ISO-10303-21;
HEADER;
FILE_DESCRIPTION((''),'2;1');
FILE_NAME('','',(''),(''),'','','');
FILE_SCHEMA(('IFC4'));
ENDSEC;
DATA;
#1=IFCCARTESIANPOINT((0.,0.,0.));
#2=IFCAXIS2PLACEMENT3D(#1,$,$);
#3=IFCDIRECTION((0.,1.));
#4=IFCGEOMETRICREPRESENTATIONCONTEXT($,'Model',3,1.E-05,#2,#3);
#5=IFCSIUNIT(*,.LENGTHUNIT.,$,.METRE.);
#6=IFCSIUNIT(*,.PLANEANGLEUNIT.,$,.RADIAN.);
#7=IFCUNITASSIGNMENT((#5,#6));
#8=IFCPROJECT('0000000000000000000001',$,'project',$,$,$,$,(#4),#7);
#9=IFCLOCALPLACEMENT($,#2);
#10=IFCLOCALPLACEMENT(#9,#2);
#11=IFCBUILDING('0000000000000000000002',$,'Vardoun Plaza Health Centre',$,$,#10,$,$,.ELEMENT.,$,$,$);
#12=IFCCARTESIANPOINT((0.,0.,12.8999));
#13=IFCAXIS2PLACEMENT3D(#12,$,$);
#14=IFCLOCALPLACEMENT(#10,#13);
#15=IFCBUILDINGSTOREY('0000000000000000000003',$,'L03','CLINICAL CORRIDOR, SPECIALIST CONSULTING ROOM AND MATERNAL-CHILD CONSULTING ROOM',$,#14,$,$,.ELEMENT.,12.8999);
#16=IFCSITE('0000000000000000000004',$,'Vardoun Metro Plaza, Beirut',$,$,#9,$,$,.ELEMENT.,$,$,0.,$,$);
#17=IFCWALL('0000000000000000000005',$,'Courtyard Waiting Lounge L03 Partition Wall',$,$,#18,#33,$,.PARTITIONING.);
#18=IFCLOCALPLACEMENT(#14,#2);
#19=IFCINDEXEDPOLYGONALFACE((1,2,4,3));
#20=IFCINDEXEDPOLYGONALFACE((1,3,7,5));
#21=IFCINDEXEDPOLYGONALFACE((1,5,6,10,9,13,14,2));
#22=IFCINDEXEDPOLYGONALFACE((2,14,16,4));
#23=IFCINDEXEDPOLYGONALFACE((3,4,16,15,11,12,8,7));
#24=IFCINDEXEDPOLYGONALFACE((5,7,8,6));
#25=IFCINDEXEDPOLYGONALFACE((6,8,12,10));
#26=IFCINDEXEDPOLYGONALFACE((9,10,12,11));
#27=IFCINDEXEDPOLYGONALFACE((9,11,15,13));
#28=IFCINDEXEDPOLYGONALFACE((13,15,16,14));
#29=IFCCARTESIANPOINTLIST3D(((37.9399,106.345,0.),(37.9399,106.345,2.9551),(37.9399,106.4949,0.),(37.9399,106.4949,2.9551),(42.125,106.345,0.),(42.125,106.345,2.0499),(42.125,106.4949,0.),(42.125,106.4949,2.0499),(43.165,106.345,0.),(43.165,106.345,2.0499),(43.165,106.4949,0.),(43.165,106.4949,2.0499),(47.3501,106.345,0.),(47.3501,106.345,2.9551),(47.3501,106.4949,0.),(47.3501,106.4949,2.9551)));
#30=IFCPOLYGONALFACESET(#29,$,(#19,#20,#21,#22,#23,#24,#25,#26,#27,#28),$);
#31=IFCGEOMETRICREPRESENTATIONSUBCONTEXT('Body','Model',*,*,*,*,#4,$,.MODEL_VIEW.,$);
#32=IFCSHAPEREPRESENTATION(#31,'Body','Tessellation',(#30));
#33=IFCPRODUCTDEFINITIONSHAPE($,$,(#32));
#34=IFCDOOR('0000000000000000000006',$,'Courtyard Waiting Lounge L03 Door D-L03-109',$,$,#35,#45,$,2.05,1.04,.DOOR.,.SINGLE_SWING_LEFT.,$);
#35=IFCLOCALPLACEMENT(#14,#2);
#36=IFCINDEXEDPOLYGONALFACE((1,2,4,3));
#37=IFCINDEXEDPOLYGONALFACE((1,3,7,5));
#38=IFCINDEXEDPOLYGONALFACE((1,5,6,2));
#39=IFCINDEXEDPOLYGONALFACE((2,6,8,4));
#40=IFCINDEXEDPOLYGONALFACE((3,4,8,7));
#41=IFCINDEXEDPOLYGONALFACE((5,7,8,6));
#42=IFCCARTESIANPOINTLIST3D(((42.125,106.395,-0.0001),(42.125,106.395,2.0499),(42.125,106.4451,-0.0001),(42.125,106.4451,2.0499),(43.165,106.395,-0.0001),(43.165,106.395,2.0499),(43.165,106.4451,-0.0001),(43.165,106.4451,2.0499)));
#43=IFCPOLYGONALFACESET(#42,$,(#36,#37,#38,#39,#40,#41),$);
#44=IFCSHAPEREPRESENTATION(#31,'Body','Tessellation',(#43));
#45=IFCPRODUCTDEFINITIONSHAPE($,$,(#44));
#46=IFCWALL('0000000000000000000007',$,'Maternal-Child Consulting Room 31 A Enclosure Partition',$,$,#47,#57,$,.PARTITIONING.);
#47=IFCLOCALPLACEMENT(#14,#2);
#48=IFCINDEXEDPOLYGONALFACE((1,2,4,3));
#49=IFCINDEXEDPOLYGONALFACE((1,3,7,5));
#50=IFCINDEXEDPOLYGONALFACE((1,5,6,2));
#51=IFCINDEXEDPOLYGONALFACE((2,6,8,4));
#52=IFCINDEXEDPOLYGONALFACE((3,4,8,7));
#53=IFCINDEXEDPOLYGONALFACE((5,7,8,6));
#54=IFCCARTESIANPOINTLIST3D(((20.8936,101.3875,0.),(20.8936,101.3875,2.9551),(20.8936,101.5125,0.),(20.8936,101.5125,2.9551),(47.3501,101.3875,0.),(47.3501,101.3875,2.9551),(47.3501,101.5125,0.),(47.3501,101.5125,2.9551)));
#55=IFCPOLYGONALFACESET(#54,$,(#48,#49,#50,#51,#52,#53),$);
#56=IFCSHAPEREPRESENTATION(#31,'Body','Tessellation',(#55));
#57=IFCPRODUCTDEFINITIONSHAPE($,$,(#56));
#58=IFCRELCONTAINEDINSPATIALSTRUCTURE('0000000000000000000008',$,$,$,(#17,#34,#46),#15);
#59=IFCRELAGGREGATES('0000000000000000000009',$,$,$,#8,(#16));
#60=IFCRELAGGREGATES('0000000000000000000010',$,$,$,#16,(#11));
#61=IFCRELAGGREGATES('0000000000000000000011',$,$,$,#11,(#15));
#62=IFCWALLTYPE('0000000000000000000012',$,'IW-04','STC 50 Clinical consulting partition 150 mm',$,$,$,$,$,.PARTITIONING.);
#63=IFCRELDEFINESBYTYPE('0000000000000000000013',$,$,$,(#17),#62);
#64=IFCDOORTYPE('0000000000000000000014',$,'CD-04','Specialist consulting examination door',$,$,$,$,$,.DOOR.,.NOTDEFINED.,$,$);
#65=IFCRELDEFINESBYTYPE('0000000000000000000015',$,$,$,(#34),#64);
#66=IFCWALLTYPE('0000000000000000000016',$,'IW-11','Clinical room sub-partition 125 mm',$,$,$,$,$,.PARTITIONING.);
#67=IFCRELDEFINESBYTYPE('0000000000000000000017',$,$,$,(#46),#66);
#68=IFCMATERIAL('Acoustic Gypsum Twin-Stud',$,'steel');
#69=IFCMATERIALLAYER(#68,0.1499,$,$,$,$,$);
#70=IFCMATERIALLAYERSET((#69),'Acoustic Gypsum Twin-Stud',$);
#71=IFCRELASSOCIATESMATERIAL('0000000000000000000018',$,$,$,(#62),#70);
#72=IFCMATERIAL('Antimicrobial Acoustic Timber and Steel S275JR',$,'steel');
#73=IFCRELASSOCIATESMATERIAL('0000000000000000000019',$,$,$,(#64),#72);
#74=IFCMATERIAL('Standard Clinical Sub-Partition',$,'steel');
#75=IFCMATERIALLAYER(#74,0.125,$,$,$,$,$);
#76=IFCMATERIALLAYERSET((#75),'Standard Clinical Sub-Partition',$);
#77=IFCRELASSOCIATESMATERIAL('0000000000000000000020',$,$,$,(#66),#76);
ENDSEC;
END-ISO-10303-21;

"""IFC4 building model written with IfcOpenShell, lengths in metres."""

from ifc_helpers import new_model, si_unit, direction, frame, frame_2d, origin, place, context, subcontext, project, spatial, rectangle, extrude, material, layer, layer_set, type_object, element, fill, save


model = new_model("IFC4")

# Units and contexts
model_context = context("Model", 3, precision=1e-05, world=origin(), true_north=direction((0.0, 1.0)))
body_context = subcontext(model_context, "Body", "Model", "MODEL_VIEW")
ifc_project = project(units=[si_unit("LENGTHUNIT", "METRE"), si_unit("PLANEANGLEUNIT", "RADIAN")], contexts=[model_context])

# Site, building, storey
site_placement = place(None, origin())
site = spatial("IfcSite", under=ifc_project, at=site_placement, Name="Vardoun Metro Plaza, Beirut", CompositionType="ELEMENT", RefElevation=0.0)
building_placement = place(site_placement, origin())
building = spatial("IfcBuilding", under=site, at=building_placement, Name="Vardoun Plaza Health Centre", CompositionType="ELEMENT")
storey_placement = place(building_placement, frame((0.0, 0.0, 12.8999)))
storey = spatial("IfcBuildingStorey", under=building, at=storey_placement, Name="L03", Description="CLINICAL CORRIDOR, SPECIALIST CONSULTING ROOM AND MATERNAL-CHILD CONSULTING ROOM", CompositionType="ELEMENT", Elevation=12.8999)

# Wall, opening, door
ifc_material_1 = material(Name="Acoustic Gypsum Twin-Stud", Category="steel")
ifc_layer_1 = layer(ifc_material_1, 0.1499)
ifc_layer_set_1 = layer_set([ifc_layer_1], Name="Acoustic Gypsum Twin-Stud")
wall_type_1 = type_object("IfcWallType", Name="IW-04", Description="STC 50 Clinical consulting partition 150 mm", PredefinedType="PARTITIONING", material=ifc_layer_set_1)
wall_1_placement = place(storey_placement, frame((47.3501, 106.4199, 0.0), z_axis=(0.0, 0.0, 1.0), x_axis=(-1.0, 0.0, 0.0)))
wall_1 = element("IfcWall", 1, at=wall_1_placement, inside=storey, type_object=wall_type_1, Name="Courtyard Waiting Lounge L03 Partition Wall", PredefinedType="PARTITIONING", context=body_context, shape_type="SweptSolid", body=[
    extrude(rectangle(XDim=9.4102, YDim=0.1499, at=frame_2d((4.7051, 0.0))), origin(), (0.0, 0.0, 1.0), 2.9551),
])
opening_1_placement = place(wall_1_placement, frame((4.1851, 0.0, 0.0)))
opening_1 = element("IfcOpeningElement", 2, at=opening_1_placement, cuts=wall_1, PredefinedType="OPENING", context=body_context, shape_type="SweptSolid", body=[
    extrude(rectangle(XDim=1.04, YDim=2.05, at=frame_2d((0.52, 1.0249))), frame((0.0, 0.075, 0.0), z_axis=(0.0, -1.0, 0.0), x_axis=(1.0, 0.0, 0.0)), (0.0, 0.0, 1.0), 0.1499),
])
ifc_material_2 = material(Name="Antimicrobial Acoustic Timber and Steel S275JR", Category="steel")
door_type = type_object("IfcDoorType", Name="CD-04", Description="Specialist consulting examination door", OperationType="NOTDEFINED", PredefinedType="DOOR", material=ifc_material_2)
door_placement = place(opening_1_placement, origin())
door = element("IfcDoor", 3, at=door_placement, inside=storey, type_object=door_type, Name="Courtyard Waiting Lounge L03 Door D-L03-109", OperationType="SINGLE_SWING_LEFT", OverallHeight=2.05, OverallWidth=1.04, PredefinedType="DOOR", context=body_context, shape_type="SweptSolid", body=[
    extrude(rectangle(XDim=1.04, YDim=2.05, at=frame_2d((0.52, 1.0249))), frame((0.0, 0.0249, 0.0), z_axis=(0.0, -1.0, 0.0), x_axis=(1.0, 0.0, 0.0)), (0.0, 0.0, 1.0), 0.05),
])
fill(opening_1, door)

# Wall
ifc_material_3 = material(Name="Standard Clinical Sub-Partition", Category="steel")
ifc_layer_2 = layer(ifc_material_3, 0.125)
ifc_layer_set_2 = layer_set([ifc_layer_2], Name="Standard Clinical Sub-Partition")
wall_type_2 = type_object("IfcWallType", Name="IW-11", Description="Clinical room sub-partition 125 mm", PredefinedType="PARTITIONING", material=ifc_layer_set_2)
wall_2_placement = place(storey_placement, frame((47.3501, 101.45, 0.0), z_axis=(0.0, 0.0, 1.0), x_axis=(-1.0, 0.0, 0.0)))
element("IfcWall", 4, at=wall_2_placement, inside=storey, type_object=wall_type_2, Name="Maternal-Child Consulting Room 31 A Enclosure Partition", PredefinedType="PARTITIONING", context=body_context, shape_type="SweptSolid", body=[
    extrude(rectangle(XDim=26.4565, YDim=0.125, at=frame_2d((13.2283, 0.0))), origin(), (0.0, 0.0, 1.0), 2.9551),
])

save(model, "model.ifc")
